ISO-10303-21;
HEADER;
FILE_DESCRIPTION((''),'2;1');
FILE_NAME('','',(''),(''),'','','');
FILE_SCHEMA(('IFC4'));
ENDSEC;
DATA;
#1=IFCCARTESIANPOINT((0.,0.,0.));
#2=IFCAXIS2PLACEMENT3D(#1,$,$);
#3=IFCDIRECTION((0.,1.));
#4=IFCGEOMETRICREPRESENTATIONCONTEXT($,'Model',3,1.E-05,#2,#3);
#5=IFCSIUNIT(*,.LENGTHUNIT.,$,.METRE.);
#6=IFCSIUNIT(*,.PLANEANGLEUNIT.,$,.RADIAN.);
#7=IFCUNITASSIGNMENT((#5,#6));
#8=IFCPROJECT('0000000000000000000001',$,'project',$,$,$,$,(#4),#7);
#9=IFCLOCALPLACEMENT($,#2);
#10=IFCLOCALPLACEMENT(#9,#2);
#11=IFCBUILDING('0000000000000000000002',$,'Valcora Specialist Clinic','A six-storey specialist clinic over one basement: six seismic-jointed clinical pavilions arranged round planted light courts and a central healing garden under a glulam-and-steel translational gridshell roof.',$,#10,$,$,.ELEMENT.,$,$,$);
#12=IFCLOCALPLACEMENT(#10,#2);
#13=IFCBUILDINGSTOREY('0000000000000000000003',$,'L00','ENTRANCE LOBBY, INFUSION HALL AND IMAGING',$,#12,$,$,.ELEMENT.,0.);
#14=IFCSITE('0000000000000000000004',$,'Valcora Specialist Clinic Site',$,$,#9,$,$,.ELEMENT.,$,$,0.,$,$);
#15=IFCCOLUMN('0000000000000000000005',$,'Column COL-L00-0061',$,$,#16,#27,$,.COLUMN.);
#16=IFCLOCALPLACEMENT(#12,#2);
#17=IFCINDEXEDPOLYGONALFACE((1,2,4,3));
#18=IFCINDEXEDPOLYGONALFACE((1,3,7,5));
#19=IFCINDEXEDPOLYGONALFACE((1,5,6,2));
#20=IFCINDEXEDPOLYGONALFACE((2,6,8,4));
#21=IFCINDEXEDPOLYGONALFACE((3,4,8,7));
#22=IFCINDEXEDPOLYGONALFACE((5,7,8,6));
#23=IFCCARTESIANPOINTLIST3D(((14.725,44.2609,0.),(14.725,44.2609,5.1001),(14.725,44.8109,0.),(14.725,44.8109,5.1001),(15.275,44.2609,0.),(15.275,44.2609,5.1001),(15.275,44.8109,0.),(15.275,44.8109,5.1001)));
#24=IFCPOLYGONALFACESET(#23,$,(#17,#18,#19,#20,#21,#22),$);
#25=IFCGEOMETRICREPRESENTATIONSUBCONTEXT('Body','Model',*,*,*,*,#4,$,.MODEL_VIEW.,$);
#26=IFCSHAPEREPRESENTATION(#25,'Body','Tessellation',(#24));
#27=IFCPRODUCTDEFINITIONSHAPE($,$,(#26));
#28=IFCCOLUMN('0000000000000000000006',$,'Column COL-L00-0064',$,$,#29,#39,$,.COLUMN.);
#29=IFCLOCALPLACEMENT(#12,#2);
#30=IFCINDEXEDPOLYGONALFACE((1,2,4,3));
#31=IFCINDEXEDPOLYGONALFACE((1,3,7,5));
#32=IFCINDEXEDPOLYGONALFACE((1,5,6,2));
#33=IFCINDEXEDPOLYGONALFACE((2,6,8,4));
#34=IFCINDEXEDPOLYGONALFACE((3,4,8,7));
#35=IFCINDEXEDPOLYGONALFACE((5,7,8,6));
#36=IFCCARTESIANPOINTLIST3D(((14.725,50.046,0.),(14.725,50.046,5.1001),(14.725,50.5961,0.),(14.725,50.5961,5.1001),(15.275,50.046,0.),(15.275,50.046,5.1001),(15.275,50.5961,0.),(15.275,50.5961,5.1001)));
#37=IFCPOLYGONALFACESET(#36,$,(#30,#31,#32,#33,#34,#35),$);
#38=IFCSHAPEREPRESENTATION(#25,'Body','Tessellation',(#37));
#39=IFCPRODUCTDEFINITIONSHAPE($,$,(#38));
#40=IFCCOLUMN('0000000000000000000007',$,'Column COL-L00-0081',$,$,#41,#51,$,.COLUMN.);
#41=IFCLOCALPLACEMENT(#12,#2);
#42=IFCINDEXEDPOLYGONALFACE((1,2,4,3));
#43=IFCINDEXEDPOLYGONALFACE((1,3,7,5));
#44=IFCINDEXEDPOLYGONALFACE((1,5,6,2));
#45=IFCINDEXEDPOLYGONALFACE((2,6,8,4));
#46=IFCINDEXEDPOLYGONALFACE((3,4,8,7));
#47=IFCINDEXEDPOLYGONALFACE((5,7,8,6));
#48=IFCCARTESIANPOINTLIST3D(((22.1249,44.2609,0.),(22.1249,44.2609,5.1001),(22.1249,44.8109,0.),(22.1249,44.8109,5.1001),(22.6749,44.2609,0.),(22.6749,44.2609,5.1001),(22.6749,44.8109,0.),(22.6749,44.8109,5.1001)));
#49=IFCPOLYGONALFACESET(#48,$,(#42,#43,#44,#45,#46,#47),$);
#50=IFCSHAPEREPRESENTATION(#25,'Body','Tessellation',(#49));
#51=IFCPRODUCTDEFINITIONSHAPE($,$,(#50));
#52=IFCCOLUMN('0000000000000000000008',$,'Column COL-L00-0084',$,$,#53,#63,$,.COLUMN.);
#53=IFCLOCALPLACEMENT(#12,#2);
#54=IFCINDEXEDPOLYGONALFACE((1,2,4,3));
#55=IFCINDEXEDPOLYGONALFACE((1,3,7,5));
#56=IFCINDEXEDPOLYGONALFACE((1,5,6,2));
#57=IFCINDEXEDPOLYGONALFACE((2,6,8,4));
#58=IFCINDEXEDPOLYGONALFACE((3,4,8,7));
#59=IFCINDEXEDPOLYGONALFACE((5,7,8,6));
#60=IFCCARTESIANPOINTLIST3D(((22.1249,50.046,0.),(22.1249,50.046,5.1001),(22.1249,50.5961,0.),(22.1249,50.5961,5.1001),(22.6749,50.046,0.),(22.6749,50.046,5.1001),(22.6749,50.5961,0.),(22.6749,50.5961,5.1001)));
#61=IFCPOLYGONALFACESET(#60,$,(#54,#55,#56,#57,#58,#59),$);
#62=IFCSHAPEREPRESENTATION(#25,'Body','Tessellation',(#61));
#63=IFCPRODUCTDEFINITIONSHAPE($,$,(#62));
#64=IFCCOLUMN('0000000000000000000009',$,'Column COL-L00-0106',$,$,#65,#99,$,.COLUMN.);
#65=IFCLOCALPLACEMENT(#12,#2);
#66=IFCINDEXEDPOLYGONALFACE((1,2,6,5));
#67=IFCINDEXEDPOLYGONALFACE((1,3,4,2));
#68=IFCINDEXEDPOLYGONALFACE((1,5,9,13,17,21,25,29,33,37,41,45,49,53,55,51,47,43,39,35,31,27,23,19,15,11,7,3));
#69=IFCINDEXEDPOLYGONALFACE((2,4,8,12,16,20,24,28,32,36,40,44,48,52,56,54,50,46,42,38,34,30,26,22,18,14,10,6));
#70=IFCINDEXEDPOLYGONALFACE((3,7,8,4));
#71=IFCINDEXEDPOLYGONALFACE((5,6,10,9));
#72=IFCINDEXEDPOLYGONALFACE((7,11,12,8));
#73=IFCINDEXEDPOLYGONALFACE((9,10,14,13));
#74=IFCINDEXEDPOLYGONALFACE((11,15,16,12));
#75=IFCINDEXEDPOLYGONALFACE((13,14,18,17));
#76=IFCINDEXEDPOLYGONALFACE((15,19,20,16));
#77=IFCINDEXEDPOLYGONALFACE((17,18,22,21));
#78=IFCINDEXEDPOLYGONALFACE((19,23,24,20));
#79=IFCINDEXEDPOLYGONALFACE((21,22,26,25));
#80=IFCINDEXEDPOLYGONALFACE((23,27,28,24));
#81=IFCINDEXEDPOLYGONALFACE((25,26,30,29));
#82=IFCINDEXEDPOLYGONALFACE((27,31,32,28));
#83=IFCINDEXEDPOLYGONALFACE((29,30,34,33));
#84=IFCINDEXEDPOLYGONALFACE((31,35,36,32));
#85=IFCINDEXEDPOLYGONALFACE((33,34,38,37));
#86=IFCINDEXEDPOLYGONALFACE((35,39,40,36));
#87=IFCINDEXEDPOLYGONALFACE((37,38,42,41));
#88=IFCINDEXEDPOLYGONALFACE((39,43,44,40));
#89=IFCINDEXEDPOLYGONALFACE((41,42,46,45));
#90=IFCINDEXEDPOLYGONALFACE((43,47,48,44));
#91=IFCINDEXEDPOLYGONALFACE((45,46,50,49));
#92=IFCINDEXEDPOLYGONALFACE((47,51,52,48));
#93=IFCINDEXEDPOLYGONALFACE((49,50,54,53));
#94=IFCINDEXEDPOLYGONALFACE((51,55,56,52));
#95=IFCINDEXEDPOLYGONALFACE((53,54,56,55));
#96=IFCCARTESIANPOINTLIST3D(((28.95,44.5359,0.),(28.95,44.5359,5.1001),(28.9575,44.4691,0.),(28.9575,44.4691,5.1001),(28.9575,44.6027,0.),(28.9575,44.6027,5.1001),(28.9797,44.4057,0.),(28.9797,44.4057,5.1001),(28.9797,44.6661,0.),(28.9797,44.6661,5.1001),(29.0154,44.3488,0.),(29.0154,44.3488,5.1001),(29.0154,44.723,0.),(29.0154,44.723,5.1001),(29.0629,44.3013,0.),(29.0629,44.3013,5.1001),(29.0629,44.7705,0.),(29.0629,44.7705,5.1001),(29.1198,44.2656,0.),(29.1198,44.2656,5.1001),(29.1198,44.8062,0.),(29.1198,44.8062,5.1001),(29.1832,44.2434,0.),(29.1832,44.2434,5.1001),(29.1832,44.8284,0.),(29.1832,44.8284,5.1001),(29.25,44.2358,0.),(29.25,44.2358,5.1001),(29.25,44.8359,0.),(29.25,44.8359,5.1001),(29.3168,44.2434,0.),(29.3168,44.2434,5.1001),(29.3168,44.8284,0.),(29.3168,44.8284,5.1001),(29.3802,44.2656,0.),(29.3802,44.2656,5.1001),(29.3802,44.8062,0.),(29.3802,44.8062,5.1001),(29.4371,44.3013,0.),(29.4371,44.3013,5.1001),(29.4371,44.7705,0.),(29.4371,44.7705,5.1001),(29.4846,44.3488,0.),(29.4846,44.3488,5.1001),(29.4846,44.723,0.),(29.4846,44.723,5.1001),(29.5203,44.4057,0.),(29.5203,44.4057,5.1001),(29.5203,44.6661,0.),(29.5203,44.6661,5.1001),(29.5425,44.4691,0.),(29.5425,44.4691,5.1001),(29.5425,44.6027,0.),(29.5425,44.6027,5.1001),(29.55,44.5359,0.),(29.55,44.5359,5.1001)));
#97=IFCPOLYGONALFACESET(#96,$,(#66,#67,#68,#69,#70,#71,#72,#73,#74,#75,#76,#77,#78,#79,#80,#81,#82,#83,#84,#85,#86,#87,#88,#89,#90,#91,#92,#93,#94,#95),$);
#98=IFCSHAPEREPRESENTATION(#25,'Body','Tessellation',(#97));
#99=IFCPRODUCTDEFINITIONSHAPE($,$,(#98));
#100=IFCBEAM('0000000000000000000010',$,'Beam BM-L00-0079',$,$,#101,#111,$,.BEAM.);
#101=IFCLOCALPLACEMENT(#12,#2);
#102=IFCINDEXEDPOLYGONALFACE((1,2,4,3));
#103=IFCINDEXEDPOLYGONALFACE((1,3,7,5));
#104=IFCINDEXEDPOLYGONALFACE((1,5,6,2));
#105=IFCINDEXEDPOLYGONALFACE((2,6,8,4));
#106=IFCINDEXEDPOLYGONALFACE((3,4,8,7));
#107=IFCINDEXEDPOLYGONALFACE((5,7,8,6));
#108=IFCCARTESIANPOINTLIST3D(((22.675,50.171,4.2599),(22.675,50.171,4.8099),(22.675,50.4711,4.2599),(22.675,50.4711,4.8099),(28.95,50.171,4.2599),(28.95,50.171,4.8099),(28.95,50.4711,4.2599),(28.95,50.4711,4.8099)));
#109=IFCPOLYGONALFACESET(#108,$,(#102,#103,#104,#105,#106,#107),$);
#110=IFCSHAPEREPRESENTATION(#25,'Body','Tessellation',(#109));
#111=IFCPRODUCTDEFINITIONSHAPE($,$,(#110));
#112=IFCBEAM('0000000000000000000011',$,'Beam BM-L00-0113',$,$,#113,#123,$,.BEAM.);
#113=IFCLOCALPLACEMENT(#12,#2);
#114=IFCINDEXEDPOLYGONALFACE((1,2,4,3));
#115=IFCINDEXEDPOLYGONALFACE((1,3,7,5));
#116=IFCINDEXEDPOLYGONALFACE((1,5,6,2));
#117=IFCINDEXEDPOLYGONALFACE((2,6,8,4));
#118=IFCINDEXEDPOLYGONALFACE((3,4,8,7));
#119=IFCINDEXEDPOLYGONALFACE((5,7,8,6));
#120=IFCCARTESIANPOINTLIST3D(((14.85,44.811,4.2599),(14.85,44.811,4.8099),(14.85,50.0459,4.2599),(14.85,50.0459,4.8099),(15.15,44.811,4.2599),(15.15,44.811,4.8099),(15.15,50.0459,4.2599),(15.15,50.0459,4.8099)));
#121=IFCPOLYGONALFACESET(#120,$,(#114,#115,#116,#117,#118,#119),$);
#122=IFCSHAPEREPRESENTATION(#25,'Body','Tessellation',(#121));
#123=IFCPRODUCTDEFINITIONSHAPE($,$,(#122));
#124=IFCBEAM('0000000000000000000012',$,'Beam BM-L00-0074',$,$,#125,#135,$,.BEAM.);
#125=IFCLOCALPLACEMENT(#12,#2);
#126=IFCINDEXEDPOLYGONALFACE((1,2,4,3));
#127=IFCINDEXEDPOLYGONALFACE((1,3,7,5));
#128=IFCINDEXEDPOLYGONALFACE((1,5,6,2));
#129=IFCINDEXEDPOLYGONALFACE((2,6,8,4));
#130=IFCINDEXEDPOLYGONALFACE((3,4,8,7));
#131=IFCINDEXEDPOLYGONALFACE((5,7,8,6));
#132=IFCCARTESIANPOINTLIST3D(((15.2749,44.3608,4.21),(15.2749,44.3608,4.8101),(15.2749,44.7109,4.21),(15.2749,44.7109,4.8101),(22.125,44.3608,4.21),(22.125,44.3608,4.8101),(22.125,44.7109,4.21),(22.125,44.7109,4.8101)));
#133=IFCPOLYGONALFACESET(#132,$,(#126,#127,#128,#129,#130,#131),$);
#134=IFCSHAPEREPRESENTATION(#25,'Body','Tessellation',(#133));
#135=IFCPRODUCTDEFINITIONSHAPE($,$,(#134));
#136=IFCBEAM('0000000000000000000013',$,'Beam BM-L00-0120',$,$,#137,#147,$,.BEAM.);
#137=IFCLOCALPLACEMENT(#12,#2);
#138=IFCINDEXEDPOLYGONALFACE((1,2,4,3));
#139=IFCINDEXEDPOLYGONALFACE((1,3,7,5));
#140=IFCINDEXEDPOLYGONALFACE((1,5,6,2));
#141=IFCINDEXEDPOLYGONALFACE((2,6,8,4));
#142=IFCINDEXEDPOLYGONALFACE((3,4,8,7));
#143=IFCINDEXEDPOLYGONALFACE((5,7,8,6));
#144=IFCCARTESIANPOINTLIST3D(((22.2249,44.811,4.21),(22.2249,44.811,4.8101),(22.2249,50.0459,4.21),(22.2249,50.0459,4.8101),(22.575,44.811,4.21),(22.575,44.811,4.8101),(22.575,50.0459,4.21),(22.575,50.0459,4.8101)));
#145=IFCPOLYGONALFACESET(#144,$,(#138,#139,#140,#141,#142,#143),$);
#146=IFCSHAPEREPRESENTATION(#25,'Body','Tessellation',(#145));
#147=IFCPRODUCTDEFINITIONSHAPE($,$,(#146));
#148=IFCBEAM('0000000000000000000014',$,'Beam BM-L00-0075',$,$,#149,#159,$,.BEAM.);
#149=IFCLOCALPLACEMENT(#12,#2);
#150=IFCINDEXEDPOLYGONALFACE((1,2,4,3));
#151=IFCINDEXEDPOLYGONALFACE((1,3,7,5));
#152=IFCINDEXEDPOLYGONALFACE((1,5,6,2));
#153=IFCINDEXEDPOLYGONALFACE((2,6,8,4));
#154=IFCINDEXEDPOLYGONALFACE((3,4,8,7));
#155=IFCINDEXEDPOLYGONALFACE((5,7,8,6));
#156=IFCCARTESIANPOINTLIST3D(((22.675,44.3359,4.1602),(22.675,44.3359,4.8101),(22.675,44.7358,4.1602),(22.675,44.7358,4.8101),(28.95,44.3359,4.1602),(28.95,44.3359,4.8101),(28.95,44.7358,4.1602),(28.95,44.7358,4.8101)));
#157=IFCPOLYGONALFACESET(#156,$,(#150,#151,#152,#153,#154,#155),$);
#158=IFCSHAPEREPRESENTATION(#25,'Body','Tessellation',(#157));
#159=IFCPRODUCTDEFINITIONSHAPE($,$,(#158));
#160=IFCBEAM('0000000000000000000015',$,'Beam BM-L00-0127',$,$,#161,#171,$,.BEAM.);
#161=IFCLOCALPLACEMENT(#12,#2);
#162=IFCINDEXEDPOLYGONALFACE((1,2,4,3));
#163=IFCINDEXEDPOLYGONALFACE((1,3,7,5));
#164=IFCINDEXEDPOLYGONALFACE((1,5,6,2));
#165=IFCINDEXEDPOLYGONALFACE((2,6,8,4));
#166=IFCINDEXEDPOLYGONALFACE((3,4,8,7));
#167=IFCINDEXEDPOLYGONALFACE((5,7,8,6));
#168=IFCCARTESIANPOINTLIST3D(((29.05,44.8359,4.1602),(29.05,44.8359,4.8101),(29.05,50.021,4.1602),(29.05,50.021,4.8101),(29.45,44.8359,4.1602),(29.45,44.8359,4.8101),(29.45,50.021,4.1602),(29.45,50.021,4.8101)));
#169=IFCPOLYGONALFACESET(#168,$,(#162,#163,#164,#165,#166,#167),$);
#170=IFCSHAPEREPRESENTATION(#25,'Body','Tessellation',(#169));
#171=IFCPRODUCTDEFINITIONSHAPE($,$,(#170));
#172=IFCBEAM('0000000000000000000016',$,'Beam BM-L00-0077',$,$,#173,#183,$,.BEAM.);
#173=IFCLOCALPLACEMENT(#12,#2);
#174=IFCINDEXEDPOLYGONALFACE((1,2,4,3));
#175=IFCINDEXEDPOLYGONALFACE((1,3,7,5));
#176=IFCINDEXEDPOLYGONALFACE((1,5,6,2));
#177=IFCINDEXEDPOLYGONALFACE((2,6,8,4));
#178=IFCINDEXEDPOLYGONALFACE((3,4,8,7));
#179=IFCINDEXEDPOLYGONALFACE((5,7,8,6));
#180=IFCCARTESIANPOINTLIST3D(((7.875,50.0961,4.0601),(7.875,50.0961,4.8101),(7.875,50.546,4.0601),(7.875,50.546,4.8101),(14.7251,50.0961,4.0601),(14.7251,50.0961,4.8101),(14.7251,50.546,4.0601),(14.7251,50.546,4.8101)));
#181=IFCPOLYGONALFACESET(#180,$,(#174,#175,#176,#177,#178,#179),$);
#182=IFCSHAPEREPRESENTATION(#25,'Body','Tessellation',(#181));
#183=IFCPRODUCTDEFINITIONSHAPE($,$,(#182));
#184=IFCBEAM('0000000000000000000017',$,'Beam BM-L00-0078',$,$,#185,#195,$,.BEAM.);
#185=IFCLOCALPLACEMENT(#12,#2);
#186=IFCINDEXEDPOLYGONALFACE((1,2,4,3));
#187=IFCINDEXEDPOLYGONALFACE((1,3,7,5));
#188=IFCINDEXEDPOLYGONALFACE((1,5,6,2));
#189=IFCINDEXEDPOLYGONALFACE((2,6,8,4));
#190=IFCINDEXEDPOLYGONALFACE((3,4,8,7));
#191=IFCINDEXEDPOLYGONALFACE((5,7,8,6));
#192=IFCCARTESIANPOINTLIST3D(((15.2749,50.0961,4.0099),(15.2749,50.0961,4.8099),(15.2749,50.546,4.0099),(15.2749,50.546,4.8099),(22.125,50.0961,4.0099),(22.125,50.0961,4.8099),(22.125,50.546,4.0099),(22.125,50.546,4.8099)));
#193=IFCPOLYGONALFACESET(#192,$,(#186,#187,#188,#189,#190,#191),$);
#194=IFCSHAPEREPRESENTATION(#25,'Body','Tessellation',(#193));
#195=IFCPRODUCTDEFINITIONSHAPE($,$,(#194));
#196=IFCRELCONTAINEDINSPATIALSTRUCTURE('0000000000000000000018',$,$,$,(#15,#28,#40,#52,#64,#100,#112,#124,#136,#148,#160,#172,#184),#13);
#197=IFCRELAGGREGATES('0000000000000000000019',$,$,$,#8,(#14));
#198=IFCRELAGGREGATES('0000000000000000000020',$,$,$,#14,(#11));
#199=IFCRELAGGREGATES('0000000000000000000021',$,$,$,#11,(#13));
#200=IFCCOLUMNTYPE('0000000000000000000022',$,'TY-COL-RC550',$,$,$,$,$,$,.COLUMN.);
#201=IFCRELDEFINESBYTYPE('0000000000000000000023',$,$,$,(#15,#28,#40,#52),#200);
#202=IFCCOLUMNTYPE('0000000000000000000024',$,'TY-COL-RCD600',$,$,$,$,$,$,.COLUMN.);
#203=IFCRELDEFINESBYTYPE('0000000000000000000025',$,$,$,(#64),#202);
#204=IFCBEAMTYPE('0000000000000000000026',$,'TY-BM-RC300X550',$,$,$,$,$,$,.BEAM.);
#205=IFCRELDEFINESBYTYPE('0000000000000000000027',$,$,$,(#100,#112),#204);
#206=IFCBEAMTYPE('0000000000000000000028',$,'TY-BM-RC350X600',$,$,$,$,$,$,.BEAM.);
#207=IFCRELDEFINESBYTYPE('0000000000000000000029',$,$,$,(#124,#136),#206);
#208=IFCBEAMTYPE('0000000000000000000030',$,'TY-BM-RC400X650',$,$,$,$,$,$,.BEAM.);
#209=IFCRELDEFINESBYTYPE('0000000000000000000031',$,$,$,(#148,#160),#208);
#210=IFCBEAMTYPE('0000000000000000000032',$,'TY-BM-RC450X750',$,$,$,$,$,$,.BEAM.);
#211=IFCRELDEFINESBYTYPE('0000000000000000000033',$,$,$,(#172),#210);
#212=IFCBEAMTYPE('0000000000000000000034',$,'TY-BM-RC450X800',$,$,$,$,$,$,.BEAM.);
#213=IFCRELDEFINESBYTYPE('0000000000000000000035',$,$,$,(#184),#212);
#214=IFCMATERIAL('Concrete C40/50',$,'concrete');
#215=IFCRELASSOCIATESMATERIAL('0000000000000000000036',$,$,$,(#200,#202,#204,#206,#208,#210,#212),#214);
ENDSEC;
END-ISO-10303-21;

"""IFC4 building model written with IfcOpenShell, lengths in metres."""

from ifc_helpers import new_model, si_unit, direction, frame, origin, origin_2d, place, context, subcontext, project, spatial, rectangle, circle, extrude, material, material_profile, profile_set, type_object, element, save


model = new_model("IFC4")

# Units and contexts
model_context = context("Model", 3, precision=1e-05, world=origin(), true_north=direction((0.0, 1.0)))
body_context = subcontext(model_context, "Body", "Model", "MODEL_VIEW")
ifc_project = project(units=[si_unit("LENGTHUNIT", "METRE"), si_unit("PLANEANGLEUNIT", "RADIAN")], contexts=[model_context])

# Site, building, storey
site_placement = place(None, origin())
site = spatial("IfcSite", under=ifc_project, at=site_placement, Name="Valcora Specialist Clinic Site", CompositionType="ELEMENT", RefElevation=0.0)
building_placement = place(site_placement, origin())
building = spatial("IfcBuilding", under=site, at=building_placement, Name="Valcora Specialist Clinic", Description="A six-storey specialist clinic over one basement: six seismic-jointed clinical pavilions arranged round planted light courts and a central healing garden under a glulam-and-steel translational gridshell roof.", CompositionType="ELEMENT")
storey_placement = place(building_placement, origin())
storey = spatial("IfcBuildingStorey", under=building, at=storey_placement, Name="L00", Description="ENTRANCE LOBBY, INFUSION HALL AND IMAGING", CompositionType="ELEMENT", Elevation=0.0)

# Columns
ifc_material_1 = material(Name="Concrete C40/50", Category="concrete")
ifc_material_profile_1 = material_profile(ifc_material_1, rectangle(XDim=0.55, YDim=0.55, at=origin_2d()), Name="RC-COL-550X550")
ifc_profile_set_1 = profile_set([ifc_material_profile_1], Name="Concrete C40/50")
column_type_1 = type_object("IfcColumnType", Name="TY-COL-RC550", PredefinedType="COLUMN", material=ifc_profile_set_1)
for number, where, z_axis, x_axis, name in (
    (1, (15.0, 44.5359, 0.0), (0.0, 0.0, 1.0), (1.0, 0.0, 0.0), "Column COL-L00-0061"),
    (2, (15.0, 50.321, 0.0), (0.0, 0.0, 1.0), (1.0, 0.0, 0.0), "Column COL-L00-0064"),
    (3, (22.3999, 44.5359, 0.0), (0.0, 0.0, 1.0), (1.0, 0.0, 0.0), "Column COL-L00-0081"),
    (4, (22.3999, 50.321, 0.0), (0.0, 0.0, 1.0), (1.0, 0.0, 0.0), "Column COL-L00-0084"),
):
    element("IfcColumn", number, at=place(storey_placement, frame(where, z_axis=z_axis, x_axis=x_axis)), inside=storey, type_object=column_type_1, Name=name, PredefinedType="COLUMN", context=body_context, shape_type="SweptSolid", body=[
        extrude(rectangle(XDim=0.55, YDim=0.55, at=origin_2d()), origin(), (0.0, 0.0, 1.0), 5.1001),
    ])
ifc_material_profile_2 = material_profile(ifc_material_1, circle(Radius=0.3, at=origin_2d()), Name="RC-COL-D600")
ifc_profile_set_2 = profile_set([ifc_material_profile_2], Name="Concrete C40/50")
column_type_2 = type_object("IfcColumnType", Name="TY-COL-RCD600", PredefinedType="COLUMN", material=ifc_profile_set_2)
column_placement = place(storey_placement, frame((29.25, 44.5359, 0.0), z_axis=(0.0, 0.0, 1.0), x_axis=(1.0, 0.0, 0.0)))
element("IfcColumn", 5, at=column_placement, inside=storey, type_object=column_type_2, Name="Column COL-L00-0106", PredefinedType="COLUMN", context=body_context, shape_type="SweptSolid", body=[
    extrude(circle(Radius=0.3, at=origin_2d()), origin(), (0.0, 0.0, 1.0), 5.1001),
])

# Beams
ifc_material_profile_3 = material_profile(ifc_material_1, rectangle(XDim=0.3, YDim=0.55, at=origin_2d()), Name="RC-BM-300X550")
ifc_profile_set_3 = profile_set([ifc_material_profile_3], Name="Concrete C40/50")
beam_type_1 = type_object("IfcBeamType", Name="TY-BM-RC300X550", PredefinedType="BEAM", material=ifc_profile_set_3)
beam_1_placement = place(storey_placement, frame((22.675, 50.321, 4.5349), z_axis=(1.0, 0.0, 0.0), x_axis=(0.0, 1.0, 0.0)))
element("IfcBeam", 6, at=beam_1_placement, inside=storey, type_object=beam_type_1, Name="Beam BM-L00-0079", PredefinedType="BEAM", context=body_context, shape_type="SweptSolid", body=[
    extrude(rectangle(XDim=0.3, YDim=0.55, at=origin_2d()), origin(), (0.0, 0.0, 1.0), 6.2749),
])
beam_2_placement = place(storey_placement, frame((15.0, 44.811, 4.5349), z_axis=(0.0, 1.0, 0.0), x_axis=(-1.0, 0.0, 0.0)))
element("IfcBeam", 7, at=beam_2_placement, inside=storey, type_object=beam_type_1, Name="Beam BM-L00-0113", PredefinedType="BEAM", context=body_context, shape_type="SweptSolid", body=[
    extrude(rectangle(XDim=0.3, YDim=0.55, at=origin_2d()), origin(), (0.0, 0.0, 1.0), 5.2349),
])
ifc_material_profile_4 = material_profile(ifc_material_1, rectangle(XDim=0.3501, YDim=0.6001, at=origin_2d()), Name="RC-BM-350X600")
ifc_profile_set_4 = profile_set([ifc_material_profile_4], Name="Concrete C40/50")
beam_type_2 = type_object("IfcBeamType", Name="TY-BM-RC350X600", PredefinedType="BEAM", material=ifc_profile_set_4)
beam_3_placement = place(storey_placement, frame((15.2749, 44.5359, 4.51), z_axis=(1.0, 0.0, 0.0), x_axis=(0.0, 1.0, 0.0)))
element("IfcBeam", 8, at=beam_3_placement, inside=storey, type_object=beam_type_2, Name="Beam BM-L00-0074", PredefinedType="BEAM", context=body_context, shape_type="SweptSolid", body=[
    extrude(rectangle(XDim=0.3501, YDim=0.6001, at=origin_2d()), origin(), (0.0, 0.0, 1.0), 6.8501),
])
beam_4_placement = place(storey_placement, frame((22.3999, 44.811, 4.51), z_axis=(0.0, 1.0, 0.0), x_axis=(-1.0, 0.0, 0.0)))
element("IfcBeam", 9, at=beam_4_placement, inside=storey, type_object=beam_type_2, Name="Beam BM-L00-0120", PredefinedType="BEAM", context=body_context, shape_type="SweptSolid", body=[
    extrude(rectangle(XDim=0.3501, YDim=0.6001, at=origin_2d()), origin(), (0.0, 0.0, 1.0), 5.2349),
])
ifc_material_profile_5 = material_profile(ifc_material_1, rectangle(XDim=0.3999, YDim=0.6499, at=origin_2d()), Name="RC-BM-400X650")
ifc_profile_set_5 = profile_set([ifc_material_profile_5], Name="Concrete C40/50")
beam_type_3 = type_object("IfcBeamType", Name="TY-BM-RC400X650", PredefinedType="BEAM", material=ifc_profile_set_5)
beam_5_placement = place(storey_placement, frame((22.675, 44.5359, 4.4851), z_axis=(1.0, 0.0, 0.0), x_axis=(0.0, 1.0, 0.0)))
element("IfcBeam", 10, at=beam_5_placement, inside=storey, type_object=beam_type_3, Name="Beam BM-L00-0075", PredefinedType="BEAM", context=body_context, shape_type="SweptSolid", body=[
    extrude(rectangle(XDim=0.3999, YDim=0.6499, at=origin_2d()), origin(), (0.0, 0.0, 1.0), 6.2749),
])
beam_6_placement = place(storey_placement, frame((29.25, 44.8359, 4.4851), z_axis=(0.0, 1.0, 0.0), x_axis=(-1.0, 0.0, 0.0)))
element("IfcBeam", 11, at=beam_6_placement, inside=storey, type_object=beam_type_3, Name="Beam BM-L00-0127", PredefinedType="BEAM", context=body_context, shape_type="SweptSolid", body=[
    extrude(rectangle(XDim=0.3999, YDim=0.6499, at=origin_2d()), origin(), (0.0, 0.0, 1.0), 5.1851),
])
ifc_material_profile_6 = material_profile(ifc_material_1, rectangle(XDim=0.45, YDim=0.75, at=origin_2d()), Name="RC-BM-450X750")
ifc_profile_set_6 = profile_set([ifc_material_profile_6], Name="Concrete C40/50")
beam_type_4 = type_object("IfcBeamType", Name="TY-BM-RC450X750", PredefinedType="BEAM", material=ifc_profile_set_6)
beam_7_placement = place(storey_placement, frame((7.875, 50.321, 4.4351), z_axis=(1.0, 0.0, 0.0), x_axis=(0.0, 1.0, 0.0)))
element("IfcBeam", 12, at=beam_7_placement, inside=storey, type_object=beam_type_4, Name="Beam BM-L00-0077", PredefinedType="BEAM", context=body_context, shape_type="SweptSolid", body=[
    extrude(rectangle(XDim=0.45, YDim=0.75, at=origin_2d()), origin(), (0.0, 0.0, 1.0), 6.8501),
])
ifc_material_profile_7 = material_profile(ifc_material_1, rectangle(XDim=0.45, YDim=0.8, at=origin_2d()), Name="RC-BM-450X800")
ifc_profile_set_7 = profile_set([ifc_material_profile_7], Name="Concrete C40/50")
beam_type_5 = type_object("IfcBeamType", Name="TY-BM-RC450X800", PredefinedType="BEAM", material=ifc_profile_set_7)
beam_8_placement = place(storey_placement, frame((15.2749, 50.321, 4.4099), z_axis=(1.0, 0.0, 0.0), x_axis=(0.0, 1.0, 0.0)))
element("IfcBeam", 13, at=beam_8_placement, inside=storey, type_object=beam_type_5, Name="Beam BM-L00-0078", PredefinedType="BEAM", context=body_context, shape_type="SweptSolid", body=[
    extrude(rectangle(XDim=0.45, YDim=0.8, at=origin_2d()), origin(), (0.0, 0.0, 1.0), 6.8501),
])

save(model, "model.ifc")
